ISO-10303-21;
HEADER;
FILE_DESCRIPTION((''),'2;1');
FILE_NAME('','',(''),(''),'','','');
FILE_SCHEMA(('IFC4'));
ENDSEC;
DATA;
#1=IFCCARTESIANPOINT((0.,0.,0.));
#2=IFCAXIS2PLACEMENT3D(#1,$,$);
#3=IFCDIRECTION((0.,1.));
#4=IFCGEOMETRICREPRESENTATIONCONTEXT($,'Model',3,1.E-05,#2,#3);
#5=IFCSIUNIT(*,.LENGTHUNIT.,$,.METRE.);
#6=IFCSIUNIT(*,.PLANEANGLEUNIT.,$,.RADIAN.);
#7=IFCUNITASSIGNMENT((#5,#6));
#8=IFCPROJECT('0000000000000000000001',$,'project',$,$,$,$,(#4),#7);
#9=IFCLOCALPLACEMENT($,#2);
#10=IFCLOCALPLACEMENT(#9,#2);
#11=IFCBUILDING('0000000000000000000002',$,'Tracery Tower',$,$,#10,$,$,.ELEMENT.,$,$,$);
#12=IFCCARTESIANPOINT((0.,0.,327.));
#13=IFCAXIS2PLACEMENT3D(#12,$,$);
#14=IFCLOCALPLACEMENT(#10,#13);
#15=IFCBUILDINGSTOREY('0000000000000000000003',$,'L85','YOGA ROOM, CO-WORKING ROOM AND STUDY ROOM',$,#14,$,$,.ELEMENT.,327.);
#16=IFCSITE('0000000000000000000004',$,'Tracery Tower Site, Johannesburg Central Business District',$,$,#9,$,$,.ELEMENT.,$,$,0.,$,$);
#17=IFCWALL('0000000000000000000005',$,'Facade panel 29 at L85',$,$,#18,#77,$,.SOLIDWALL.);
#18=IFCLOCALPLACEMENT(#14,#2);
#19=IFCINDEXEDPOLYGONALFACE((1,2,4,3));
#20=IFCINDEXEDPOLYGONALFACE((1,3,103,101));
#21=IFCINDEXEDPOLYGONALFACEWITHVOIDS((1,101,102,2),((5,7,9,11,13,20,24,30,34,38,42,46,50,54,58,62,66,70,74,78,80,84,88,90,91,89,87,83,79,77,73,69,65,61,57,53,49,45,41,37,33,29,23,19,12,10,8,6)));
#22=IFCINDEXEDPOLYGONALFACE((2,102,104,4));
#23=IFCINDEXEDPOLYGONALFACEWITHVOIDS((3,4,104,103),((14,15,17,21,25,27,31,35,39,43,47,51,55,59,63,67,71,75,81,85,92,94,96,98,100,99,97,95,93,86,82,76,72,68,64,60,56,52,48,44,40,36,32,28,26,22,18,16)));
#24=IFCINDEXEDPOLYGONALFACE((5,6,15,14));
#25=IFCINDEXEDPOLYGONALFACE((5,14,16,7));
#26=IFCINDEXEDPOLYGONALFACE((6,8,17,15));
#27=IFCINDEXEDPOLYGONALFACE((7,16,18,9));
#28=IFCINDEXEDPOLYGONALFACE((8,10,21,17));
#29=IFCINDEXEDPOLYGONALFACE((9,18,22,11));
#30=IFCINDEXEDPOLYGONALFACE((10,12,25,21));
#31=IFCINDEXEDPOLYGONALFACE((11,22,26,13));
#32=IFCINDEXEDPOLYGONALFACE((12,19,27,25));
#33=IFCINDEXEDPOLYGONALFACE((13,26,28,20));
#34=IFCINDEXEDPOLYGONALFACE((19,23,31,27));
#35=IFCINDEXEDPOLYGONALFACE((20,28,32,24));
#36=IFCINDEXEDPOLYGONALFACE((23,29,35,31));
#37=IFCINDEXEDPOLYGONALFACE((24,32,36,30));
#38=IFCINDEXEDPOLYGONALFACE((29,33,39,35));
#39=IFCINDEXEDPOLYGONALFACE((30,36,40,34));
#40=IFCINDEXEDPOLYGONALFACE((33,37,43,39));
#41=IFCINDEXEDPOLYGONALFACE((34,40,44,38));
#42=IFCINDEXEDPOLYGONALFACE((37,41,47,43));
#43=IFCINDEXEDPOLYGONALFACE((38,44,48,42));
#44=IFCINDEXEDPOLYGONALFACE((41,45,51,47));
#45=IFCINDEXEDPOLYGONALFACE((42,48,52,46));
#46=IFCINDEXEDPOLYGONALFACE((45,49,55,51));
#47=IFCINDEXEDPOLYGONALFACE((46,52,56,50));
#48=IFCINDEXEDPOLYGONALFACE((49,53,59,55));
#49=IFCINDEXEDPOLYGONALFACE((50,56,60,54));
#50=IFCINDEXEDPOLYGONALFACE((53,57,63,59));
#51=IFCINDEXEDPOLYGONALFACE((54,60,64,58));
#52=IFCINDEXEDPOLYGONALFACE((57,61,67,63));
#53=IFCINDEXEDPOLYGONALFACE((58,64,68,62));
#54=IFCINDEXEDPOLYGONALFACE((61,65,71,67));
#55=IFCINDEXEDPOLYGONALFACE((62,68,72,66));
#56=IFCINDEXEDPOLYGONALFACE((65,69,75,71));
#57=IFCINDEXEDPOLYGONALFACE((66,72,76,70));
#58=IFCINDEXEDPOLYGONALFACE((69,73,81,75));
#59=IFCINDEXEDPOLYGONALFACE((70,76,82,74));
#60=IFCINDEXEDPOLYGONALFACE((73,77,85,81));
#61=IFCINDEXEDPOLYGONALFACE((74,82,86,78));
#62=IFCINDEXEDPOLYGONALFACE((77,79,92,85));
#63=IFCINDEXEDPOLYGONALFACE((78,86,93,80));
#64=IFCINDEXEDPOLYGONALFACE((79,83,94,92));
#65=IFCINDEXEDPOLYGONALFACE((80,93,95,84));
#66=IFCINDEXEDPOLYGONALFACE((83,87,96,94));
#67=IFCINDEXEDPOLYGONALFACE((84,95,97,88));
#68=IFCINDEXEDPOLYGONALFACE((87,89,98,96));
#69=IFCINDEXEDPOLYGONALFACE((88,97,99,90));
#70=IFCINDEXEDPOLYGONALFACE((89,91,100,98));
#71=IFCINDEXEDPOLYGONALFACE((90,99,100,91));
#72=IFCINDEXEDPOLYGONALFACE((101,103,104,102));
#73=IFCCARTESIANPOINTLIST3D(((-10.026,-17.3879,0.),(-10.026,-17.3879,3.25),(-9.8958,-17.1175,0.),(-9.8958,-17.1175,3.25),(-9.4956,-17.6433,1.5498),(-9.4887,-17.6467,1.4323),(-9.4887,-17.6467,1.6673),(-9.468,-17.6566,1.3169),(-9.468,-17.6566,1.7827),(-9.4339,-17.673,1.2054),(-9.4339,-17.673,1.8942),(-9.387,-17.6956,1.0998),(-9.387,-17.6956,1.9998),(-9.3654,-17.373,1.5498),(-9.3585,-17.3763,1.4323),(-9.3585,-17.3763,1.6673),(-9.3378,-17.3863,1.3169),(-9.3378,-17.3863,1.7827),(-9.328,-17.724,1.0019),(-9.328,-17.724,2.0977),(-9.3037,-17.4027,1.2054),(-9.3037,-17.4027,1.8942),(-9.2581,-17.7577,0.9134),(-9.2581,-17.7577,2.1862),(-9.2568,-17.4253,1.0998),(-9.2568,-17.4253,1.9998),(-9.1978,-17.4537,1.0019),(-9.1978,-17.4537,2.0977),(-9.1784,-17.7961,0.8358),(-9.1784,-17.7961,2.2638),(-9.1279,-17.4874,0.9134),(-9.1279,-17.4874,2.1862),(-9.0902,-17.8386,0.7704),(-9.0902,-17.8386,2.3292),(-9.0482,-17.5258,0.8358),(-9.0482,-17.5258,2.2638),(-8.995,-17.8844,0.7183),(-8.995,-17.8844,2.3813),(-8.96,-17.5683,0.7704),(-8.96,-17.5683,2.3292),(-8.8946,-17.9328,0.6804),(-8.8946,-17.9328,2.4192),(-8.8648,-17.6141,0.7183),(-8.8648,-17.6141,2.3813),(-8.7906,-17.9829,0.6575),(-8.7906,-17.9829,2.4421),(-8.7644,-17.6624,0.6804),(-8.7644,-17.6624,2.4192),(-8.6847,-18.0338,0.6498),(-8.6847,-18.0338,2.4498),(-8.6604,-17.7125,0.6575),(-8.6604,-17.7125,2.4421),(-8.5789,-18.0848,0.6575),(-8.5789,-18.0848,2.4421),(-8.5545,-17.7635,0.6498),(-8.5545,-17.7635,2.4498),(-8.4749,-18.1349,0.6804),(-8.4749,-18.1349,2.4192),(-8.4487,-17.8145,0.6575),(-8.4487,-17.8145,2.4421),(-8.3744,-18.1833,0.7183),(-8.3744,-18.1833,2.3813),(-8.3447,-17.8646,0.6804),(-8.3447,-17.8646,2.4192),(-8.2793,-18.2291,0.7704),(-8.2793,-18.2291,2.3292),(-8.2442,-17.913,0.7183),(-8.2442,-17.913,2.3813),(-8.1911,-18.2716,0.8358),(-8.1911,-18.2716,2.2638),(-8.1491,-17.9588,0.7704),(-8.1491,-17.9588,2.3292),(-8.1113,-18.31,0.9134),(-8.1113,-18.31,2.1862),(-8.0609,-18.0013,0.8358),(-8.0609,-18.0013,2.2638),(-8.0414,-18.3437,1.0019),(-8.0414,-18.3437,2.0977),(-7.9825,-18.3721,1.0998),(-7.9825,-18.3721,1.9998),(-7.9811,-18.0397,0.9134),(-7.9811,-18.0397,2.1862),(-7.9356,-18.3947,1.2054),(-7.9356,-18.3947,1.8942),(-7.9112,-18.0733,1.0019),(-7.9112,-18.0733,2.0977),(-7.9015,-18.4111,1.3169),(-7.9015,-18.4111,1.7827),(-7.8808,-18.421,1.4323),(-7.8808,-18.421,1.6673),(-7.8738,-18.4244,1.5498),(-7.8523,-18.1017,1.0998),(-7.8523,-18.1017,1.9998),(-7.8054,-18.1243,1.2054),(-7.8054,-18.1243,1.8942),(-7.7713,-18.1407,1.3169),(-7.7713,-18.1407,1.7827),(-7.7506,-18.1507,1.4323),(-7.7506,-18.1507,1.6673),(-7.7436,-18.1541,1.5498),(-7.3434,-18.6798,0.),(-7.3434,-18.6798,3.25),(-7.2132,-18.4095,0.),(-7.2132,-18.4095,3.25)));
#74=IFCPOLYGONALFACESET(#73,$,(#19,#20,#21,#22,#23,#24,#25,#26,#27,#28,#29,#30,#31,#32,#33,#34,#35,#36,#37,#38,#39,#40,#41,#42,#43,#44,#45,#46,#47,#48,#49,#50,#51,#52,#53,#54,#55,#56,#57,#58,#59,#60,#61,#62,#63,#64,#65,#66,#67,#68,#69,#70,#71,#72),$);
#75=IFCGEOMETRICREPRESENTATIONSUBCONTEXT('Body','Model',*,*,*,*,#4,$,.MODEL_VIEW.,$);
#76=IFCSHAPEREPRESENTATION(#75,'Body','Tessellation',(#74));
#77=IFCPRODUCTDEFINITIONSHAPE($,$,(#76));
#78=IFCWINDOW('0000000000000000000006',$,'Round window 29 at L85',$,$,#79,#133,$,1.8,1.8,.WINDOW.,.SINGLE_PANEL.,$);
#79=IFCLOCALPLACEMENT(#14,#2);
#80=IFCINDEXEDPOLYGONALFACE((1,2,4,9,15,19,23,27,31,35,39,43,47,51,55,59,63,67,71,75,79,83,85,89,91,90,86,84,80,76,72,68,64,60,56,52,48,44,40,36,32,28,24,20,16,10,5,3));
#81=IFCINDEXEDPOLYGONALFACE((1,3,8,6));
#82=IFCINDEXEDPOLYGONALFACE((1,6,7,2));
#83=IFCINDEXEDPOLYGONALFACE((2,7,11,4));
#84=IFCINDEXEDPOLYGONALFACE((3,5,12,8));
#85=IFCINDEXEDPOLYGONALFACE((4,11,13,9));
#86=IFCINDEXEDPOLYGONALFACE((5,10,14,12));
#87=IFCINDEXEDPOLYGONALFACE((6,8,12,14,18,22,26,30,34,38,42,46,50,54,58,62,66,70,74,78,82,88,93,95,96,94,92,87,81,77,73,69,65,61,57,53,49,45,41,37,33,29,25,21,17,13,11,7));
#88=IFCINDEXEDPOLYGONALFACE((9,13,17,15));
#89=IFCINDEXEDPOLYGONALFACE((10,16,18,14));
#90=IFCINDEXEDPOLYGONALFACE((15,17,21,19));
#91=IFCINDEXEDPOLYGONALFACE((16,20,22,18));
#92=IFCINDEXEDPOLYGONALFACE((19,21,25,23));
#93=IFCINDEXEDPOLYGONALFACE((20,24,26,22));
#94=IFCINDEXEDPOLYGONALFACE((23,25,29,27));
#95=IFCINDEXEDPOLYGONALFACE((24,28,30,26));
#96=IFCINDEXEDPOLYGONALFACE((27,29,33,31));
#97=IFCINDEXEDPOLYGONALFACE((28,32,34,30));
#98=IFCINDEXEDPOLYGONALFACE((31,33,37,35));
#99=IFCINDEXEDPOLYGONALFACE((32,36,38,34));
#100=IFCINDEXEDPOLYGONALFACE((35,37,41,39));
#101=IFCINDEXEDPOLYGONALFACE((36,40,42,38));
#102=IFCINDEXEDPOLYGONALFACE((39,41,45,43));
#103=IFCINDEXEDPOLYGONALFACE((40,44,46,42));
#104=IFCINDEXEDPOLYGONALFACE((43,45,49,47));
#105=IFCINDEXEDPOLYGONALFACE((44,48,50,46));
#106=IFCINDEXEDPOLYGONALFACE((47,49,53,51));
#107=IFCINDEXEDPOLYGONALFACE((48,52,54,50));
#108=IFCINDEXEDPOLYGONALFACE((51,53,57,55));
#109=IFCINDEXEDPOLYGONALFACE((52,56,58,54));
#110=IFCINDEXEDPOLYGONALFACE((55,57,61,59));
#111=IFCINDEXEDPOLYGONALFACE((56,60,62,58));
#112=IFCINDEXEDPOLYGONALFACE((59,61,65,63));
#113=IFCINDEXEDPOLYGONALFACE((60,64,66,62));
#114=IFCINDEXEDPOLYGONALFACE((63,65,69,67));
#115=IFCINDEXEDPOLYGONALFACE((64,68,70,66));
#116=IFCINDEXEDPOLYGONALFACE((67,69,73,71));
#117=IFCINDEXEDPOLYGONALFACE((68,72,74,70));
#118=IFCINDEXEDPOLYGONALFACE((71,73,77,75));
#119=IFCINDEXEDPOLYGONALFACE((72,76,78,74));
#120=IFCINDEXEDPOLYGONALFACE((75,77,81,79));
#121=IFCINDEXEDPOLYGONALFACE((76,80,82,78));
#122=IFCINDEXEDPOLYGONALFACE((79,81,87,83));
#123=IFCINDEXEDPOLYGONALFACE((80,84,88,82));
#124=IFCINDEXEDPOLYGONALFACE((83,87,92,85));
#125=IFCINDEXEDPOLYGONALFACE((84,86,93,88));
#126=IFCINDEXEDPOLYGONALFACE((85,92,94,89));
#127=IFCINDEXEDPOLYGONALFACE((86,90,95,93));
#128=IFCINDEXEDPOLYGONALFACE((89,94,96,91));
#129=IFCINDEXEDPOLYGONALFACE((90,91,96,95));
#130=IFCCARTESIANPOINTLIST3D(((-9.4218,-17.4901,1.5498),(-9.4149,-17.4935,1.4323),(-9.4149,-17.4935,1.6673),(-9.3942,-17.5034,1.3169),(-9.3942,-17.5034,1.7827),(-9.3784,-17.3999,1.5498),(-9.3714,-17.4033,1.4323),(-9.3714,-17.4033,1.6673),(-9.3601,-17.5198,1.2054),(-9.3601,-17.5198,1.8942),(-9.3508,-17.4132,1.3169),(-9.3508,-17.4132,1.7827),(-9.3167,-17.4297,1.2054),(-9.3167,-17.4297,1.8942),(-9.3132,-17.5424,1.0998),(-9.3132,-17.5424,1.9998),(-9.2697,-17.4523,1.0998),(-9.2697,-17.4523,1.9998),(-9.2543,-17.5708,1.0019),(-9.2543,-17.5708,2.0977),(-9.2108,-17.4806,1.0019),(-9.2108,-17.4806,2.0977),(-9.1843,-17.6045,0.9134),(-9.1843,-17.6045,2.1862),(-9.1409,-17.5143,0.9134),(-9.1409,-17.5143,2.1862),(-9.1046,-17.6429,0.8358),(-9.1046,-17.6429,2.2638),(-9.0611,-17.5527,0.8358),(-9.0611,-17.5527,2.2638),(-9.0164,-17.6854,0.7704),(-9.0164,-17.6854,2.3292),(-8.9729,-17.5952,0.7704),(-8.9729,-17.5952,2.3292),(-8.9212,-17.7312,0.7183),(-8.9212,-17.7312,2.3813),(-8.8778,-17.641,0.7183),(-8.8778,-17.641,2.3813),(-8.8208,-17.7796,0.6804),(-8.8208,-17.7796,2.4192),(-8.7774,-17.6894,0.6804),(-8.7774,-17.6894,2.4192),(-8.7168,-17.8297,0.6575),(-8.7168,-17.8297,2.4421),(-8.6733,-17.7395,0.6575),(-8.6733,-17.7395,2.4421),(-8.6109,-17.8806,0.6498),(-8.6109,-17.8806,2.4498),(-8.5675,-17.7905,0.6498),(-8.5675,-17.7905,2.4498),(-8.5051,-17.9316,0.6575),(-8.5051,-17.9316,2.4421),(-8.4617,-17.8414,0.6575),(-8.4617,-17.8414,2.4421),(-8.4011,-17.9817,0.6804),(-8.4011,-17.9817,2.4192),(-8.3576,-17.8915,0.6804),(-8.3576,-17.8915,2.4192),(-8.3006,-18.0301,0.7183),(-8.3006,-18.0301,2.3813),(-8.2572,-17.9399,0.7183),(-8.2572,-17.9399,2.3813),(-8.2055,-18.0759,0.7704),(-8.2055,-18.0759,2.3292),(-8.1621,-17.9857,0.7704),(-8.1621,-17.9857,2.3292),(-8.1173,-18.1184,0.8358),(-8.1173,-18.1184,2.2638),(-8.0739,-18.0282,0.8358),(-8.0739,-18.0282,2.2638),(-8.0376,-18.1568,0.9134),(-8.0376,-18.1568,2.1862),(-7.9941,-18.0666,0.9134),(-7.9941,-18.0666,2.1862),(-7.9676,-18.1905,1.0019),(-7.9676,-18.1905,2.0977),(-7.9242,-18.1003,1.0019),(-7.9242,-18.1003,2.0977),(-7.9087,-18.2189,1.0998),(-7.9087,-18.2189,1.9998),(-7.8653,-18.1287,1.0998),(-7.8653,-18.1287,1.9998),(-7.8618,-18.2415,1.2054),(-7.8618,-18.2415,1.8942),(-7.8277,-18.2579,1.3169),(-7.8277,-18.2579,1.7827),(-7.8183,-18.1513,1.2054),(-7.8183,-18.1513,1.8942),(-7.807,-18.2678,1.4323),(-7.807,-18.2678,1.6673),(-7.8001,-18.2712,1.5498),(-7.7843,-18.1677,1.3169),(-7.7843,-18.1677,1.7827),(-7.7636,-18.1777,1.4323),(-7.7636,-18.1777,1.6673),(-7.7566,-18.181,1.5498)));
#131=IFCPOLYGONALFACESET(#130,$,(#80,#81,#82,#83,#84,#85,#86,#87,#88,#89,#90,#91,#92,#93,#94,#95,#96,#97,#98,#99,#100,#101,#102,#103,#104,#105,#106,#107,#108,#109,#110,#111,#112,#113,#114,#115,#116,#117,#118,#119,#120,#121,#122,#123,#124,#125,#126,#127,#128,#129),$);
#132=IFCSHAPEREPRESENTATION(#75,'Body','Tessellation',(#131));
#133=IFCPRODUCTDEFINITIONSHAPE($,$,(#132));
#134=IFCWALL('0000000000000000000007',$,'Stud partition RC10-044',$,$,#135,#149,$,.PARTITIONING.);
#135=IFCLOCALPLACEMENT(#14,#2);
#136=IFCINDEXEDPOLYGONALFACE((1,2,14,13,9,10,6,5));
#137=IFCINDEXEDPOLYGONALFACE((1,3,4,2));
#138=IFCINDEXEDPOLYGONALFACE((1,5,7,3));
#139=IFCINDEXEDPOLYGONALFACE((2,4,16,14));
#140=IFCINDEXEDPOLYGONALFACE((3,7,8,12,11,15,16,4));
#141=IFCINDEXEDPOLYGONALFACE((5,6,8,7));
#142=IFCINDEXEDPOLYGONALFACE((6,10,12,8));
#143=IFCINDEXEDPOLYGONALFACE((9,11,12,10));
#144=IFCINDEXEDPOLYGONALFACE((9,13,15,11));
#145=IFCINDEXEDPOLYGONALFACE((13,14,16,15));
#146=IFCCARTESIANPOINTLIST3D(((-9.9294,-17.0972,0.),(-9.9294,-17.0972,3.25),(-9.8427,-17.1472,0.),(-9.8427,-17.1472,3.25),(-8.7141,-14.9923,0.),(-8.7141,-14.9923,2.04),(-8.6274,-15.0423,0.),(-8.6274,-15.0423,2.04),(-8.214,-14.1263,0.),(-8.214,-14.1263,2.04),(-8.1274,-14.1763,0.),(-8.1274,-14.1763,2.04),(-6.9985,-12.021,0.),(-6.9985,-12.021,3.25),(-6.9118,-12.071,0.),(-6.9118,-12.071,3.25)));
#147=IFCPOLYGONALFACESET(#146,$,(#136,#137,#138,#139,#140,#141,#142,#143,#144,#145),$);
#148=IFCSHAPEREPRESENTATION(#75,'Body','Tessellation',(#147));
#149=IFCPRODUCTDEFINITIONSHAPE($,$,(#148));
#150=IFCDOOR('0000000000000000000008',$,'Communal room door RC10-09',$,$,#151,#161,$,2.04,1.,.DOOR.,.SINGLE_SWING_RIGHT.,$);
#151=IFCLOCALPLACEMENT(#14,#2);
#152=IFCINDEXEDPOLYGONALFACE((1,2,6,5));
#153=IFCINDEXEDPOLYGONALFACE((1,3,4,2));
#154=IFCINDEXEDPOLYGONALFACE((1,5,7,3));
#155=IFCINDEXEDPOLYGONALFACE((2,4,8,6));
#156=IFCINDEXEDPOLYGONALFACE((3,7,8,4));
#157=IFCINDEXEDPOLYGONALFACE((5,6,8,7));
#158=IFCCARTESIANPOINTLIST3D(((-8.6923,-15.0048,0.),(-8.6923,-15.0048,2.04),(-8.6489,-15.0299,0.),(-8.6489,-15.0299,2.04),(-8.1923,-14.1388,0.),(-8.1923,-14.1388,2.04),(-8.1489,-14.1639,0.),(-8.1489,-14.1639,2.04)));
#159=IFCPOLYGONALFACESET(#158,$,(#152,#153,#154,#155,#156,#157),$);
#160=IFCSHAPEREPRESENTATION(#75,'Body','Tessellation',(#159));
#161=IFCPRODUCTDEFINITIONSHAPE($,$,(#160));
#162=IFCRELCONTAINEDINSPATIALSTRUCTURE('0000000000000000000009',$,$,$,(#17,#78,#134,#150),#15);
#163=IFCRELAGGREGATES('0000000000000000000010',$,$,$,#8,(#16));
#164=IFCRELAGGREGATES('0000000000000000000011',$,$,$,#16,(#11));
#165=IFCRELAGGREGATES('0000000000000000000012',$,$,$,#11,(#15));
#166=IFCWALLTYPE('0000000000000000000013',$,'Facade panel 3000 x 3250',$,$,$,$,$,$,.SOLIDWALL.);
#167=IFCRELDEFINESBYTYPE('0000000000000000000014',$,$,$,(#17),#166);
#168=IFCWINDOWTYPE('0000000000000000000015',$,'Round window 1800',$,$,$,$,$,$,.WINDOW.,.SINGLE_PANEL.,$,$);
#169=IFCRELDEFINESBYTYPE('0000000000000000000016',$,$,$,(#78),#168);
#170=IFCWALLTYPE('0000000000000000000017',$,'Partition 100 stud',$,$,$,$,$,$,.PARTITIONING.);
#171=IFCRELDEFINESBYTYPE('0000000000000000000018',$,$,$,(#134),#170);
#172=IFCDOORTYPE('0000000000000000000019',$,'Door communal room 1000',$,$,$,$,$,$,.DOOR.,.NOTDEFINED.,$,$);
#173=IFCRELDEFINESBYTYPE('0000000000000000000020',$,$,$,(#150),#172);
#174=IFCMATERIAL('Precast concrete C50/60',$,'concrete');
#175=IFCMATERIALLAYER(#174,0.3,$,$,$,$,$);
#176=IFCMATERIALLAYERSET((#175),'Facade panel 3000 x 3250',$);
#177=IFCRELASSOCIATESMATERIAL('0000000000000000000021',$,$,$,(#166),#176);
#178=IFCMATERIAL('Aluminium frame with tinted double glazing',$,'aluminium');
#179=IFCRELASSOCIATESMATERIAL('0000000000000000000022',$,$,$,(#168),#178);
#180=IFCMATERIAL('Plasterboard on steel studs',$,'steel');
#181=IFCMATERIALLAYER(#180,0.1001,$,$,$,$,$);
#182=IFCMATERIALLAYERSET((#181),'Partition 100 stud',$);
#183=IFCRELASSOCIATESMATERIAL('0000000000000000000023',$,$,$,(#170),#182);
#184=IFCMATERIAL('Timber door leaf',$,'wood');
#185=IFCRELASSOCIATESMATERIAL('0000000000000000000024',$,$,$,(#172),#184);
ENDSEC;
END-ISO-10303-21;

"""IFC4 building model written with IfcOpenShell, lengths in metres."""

from ifc_helpers import new_model, si_unit, direction, frame, frame_2d, origin, origin_2d, place, context, subcontext, project, spatial, rectangle, circle, extrude, material, layer, layer_set, type_object, element, fill, save


model = new_model("IFC4")

# Units and contexts
model_context = context("Model", 3, precision=1e-05, world=origin(), true_north=direction((0.0, 1.0)))
body_context = subcontext(model_context, "Body", "Model", "MODEL_VIEW")
ifc_project = project(units=[si_unit("LENGTHUNIT", "METRE"), si_unit("PLANEANGLEUNIT", "RADIAN")], contexts=[model_context])

# Site, building, storey
site_placement = place(None, origin())
site = spatial("IfcSite", under=ifc_project, at=site_placement, Name="Tracery Tower Site, Johannesburg Central Business District", CompositionType="ELEMENT", RefElevation=0.0)
building_placement = place(site_placement, origin())
building = spatial("IfcBuilding", under=site, at=building_placement, Name="Tracery Tower", CompositionType="ELEMENT")
storey_placement = place(building_placement, frame((0.0, 0.0, 327.0)))
storey = spatial("IfcBuildingStorey", under=building, at=storey_placement, Name="L85", Description="YOGA ROOM, CO-WORKING ROOM AND STUDY ROOM", CompositionType="ELEMENT", Elevation=327.0)

# Wall, opening, window
ifc_material_1 = material(Name="Precast concrete C50/60", Category="concrete")
ifc_layer_1 = layer(ifc_material_1, 0.3)
ifc_layer_set_1 = layer_set([ifc_layer_1], Name="Facade panel 3000 x 3250")
wall_type_1 = type_object("IfcWallType", Name="Facade panel 3000 x 3250", PredefinedType="SOLIDWALL", material=ifc_layer_set_1)
ifc_material_2 = material(Name="Aluminium frame with tinted double glazing", Category="aluminium")
window_type = type_object("IfcWindowType", Name="Round window 1800", PartitioningType="SINGLE_PANEL", PredefinedType="WINDOW", material=ifc_material_2)
wall_1_placement = place(storey_placement, frame((-9.9609, -17.2527, 0.0), z_axis=(0.0, 0.0, 1.0), x_axis=(0.900954, -0.433914, 0.0)))
wall_1 = element("IfcWall", 1, at=wall_1_placement, inside=storey, type_object=wall_type_1, Name="Facade panel 29 at L85", PredefinedType="SOLIDWALL", context=body_context, shape_type="SweptSolid", body=[
    extrude(rectangle(XDim=2.9775, YDim=0.3, at=frame_2d((1.4888, 0.0))), origin(), (0.0, 0.0, 1.0), 3.25),
])
opening_1_placement = place(wall_1_placement, frame((1.4888, 0.0, 1.5498)))
opening_1 = element("IfcOpeningElement", 2, at=opening_1_placement, cuts=wall_1, PredefinedType="OPENING", context=body_context, shape_type="SweptSolid", body=[
    extrude(circle(Radius=0.9, at=origin_2d()), frame((0.0, 0.1599, 0.0), z_axis=(0.0, -1.0, 0.0), x_axis=(1.0, 0.0, 0.0)), (0.0, 0.0, 1.0), 0.3201),
])
window_1_placement = place(opening_1_placement, origin())
window_1 = element("IfcWindow", 3, at=window_1_placement, inside=storey, type_object=window_type, Name="Round window 29 at L85", OverallHeight=1.8, OverallWidth=1.8, PartitioningType="SINGLE_PANEL", PredefinedType="WINDOW", context=body_context, shape_type="SweptSolid", body=[
    extrude(circle(Radius=0.9, at=origin_2d()), frame((0.0, 0.1201, 0.0), z_axis=(0.0, -1.0, 0.0), x_axis=(1.0, 0.0, 0.0)), (0.0, 0.0, 1.0), 0.1001),
])
fill(opening_1, window_1)

# Wall, opening, door
ifc_material_3 = material(Name="Plasterboard on steel studs", Category="steel")
ifc_layer_2 = layer(ifc_material_3, 0.1001)
ifc_layer_set_2 = layer_set([ifc_layer_2], Name="Partition 100 stud")
wall_type_2 = type_object("IfcWallType", Name="Partition 100 stud", PredefinedType="PARTITIONING", material=ifc_layer_set_2)
wall_2_placement = place(storey_placement, frame((-9.886, -17.1221, 0.0), z_axis=(0.0, 0.0, 1.0), x_axis=(0.500023, 0.866012, 0.0)))
wall_2 = element("IfcWall", 4, at=wall_2_placement, inside=storey, type_object=wall_type_2, Name="Stud partition RC10-044", PredefinedType="PARTITIONING", context=body_context, shape_type="SweptSolid", body=[
    extrude(rectangle(XDim=5.8616, YDim=0.1001, at=frame_2d((2.9307, 0.0))), origin(), (0.0, 0.0, 1.0), 3.25),
])
opening_2_placement = place(wall_2_placement, frame((2.4304, 0.0, 0.0)))
opening_2 = element("IfcOpeningElement", 5, at=opening_2_placement, cuts=wall_2, PredefinedType="OPENING", context=body_context, shape_type="SweptSolid", body=[
    extrude(rectangle(XDim=1.0, YDim=2.04, at=frame_2d((0.5, 1.02))), frame((0.0, 0.05, 0.0), z_axis=(0.0, -1.0, 0.0), x_axis=(1.0, 0.0, 0.0)), (0.0, 0.0, 1.0), 0.1001),
])
ifc_material_4 = material(Name="Timber door leaf", Category="wood")
door_type_1 = type_object("IfcDoorType", Name="Door communal room 1000", OperationType="NOTDEFINED", PredefinedType="DOOR", material=ifc_material_4)
door_1_placement = place(opening_2_placement, origin())
door_1 = element("IfcDoor", 6, at=door_1_placement, inside=storey, type_object=door_type_1, Name="Communal room door RC10-09", OperationType="SINGLE_SWING_RIGHT", OverallHeight=2.04, OverallWidth=1.0, PredefinedType="DOOR", context=body_context, shape_type="SweptSolid", body=[
    extrude(rectangle(XDim=1.0, YDim=2.04, at=frame_2d((0.5, 1.02))), frame((0.0, 0.0249, 0.0), z_axis=(0.0, -1.0, 0.0), x_axis=(1.0, 0.0, 0.0)), (0.0, 0.0, 1.0), 0.05),
])
fill(opening_2, door_1)

save(model, "model.ifc")
